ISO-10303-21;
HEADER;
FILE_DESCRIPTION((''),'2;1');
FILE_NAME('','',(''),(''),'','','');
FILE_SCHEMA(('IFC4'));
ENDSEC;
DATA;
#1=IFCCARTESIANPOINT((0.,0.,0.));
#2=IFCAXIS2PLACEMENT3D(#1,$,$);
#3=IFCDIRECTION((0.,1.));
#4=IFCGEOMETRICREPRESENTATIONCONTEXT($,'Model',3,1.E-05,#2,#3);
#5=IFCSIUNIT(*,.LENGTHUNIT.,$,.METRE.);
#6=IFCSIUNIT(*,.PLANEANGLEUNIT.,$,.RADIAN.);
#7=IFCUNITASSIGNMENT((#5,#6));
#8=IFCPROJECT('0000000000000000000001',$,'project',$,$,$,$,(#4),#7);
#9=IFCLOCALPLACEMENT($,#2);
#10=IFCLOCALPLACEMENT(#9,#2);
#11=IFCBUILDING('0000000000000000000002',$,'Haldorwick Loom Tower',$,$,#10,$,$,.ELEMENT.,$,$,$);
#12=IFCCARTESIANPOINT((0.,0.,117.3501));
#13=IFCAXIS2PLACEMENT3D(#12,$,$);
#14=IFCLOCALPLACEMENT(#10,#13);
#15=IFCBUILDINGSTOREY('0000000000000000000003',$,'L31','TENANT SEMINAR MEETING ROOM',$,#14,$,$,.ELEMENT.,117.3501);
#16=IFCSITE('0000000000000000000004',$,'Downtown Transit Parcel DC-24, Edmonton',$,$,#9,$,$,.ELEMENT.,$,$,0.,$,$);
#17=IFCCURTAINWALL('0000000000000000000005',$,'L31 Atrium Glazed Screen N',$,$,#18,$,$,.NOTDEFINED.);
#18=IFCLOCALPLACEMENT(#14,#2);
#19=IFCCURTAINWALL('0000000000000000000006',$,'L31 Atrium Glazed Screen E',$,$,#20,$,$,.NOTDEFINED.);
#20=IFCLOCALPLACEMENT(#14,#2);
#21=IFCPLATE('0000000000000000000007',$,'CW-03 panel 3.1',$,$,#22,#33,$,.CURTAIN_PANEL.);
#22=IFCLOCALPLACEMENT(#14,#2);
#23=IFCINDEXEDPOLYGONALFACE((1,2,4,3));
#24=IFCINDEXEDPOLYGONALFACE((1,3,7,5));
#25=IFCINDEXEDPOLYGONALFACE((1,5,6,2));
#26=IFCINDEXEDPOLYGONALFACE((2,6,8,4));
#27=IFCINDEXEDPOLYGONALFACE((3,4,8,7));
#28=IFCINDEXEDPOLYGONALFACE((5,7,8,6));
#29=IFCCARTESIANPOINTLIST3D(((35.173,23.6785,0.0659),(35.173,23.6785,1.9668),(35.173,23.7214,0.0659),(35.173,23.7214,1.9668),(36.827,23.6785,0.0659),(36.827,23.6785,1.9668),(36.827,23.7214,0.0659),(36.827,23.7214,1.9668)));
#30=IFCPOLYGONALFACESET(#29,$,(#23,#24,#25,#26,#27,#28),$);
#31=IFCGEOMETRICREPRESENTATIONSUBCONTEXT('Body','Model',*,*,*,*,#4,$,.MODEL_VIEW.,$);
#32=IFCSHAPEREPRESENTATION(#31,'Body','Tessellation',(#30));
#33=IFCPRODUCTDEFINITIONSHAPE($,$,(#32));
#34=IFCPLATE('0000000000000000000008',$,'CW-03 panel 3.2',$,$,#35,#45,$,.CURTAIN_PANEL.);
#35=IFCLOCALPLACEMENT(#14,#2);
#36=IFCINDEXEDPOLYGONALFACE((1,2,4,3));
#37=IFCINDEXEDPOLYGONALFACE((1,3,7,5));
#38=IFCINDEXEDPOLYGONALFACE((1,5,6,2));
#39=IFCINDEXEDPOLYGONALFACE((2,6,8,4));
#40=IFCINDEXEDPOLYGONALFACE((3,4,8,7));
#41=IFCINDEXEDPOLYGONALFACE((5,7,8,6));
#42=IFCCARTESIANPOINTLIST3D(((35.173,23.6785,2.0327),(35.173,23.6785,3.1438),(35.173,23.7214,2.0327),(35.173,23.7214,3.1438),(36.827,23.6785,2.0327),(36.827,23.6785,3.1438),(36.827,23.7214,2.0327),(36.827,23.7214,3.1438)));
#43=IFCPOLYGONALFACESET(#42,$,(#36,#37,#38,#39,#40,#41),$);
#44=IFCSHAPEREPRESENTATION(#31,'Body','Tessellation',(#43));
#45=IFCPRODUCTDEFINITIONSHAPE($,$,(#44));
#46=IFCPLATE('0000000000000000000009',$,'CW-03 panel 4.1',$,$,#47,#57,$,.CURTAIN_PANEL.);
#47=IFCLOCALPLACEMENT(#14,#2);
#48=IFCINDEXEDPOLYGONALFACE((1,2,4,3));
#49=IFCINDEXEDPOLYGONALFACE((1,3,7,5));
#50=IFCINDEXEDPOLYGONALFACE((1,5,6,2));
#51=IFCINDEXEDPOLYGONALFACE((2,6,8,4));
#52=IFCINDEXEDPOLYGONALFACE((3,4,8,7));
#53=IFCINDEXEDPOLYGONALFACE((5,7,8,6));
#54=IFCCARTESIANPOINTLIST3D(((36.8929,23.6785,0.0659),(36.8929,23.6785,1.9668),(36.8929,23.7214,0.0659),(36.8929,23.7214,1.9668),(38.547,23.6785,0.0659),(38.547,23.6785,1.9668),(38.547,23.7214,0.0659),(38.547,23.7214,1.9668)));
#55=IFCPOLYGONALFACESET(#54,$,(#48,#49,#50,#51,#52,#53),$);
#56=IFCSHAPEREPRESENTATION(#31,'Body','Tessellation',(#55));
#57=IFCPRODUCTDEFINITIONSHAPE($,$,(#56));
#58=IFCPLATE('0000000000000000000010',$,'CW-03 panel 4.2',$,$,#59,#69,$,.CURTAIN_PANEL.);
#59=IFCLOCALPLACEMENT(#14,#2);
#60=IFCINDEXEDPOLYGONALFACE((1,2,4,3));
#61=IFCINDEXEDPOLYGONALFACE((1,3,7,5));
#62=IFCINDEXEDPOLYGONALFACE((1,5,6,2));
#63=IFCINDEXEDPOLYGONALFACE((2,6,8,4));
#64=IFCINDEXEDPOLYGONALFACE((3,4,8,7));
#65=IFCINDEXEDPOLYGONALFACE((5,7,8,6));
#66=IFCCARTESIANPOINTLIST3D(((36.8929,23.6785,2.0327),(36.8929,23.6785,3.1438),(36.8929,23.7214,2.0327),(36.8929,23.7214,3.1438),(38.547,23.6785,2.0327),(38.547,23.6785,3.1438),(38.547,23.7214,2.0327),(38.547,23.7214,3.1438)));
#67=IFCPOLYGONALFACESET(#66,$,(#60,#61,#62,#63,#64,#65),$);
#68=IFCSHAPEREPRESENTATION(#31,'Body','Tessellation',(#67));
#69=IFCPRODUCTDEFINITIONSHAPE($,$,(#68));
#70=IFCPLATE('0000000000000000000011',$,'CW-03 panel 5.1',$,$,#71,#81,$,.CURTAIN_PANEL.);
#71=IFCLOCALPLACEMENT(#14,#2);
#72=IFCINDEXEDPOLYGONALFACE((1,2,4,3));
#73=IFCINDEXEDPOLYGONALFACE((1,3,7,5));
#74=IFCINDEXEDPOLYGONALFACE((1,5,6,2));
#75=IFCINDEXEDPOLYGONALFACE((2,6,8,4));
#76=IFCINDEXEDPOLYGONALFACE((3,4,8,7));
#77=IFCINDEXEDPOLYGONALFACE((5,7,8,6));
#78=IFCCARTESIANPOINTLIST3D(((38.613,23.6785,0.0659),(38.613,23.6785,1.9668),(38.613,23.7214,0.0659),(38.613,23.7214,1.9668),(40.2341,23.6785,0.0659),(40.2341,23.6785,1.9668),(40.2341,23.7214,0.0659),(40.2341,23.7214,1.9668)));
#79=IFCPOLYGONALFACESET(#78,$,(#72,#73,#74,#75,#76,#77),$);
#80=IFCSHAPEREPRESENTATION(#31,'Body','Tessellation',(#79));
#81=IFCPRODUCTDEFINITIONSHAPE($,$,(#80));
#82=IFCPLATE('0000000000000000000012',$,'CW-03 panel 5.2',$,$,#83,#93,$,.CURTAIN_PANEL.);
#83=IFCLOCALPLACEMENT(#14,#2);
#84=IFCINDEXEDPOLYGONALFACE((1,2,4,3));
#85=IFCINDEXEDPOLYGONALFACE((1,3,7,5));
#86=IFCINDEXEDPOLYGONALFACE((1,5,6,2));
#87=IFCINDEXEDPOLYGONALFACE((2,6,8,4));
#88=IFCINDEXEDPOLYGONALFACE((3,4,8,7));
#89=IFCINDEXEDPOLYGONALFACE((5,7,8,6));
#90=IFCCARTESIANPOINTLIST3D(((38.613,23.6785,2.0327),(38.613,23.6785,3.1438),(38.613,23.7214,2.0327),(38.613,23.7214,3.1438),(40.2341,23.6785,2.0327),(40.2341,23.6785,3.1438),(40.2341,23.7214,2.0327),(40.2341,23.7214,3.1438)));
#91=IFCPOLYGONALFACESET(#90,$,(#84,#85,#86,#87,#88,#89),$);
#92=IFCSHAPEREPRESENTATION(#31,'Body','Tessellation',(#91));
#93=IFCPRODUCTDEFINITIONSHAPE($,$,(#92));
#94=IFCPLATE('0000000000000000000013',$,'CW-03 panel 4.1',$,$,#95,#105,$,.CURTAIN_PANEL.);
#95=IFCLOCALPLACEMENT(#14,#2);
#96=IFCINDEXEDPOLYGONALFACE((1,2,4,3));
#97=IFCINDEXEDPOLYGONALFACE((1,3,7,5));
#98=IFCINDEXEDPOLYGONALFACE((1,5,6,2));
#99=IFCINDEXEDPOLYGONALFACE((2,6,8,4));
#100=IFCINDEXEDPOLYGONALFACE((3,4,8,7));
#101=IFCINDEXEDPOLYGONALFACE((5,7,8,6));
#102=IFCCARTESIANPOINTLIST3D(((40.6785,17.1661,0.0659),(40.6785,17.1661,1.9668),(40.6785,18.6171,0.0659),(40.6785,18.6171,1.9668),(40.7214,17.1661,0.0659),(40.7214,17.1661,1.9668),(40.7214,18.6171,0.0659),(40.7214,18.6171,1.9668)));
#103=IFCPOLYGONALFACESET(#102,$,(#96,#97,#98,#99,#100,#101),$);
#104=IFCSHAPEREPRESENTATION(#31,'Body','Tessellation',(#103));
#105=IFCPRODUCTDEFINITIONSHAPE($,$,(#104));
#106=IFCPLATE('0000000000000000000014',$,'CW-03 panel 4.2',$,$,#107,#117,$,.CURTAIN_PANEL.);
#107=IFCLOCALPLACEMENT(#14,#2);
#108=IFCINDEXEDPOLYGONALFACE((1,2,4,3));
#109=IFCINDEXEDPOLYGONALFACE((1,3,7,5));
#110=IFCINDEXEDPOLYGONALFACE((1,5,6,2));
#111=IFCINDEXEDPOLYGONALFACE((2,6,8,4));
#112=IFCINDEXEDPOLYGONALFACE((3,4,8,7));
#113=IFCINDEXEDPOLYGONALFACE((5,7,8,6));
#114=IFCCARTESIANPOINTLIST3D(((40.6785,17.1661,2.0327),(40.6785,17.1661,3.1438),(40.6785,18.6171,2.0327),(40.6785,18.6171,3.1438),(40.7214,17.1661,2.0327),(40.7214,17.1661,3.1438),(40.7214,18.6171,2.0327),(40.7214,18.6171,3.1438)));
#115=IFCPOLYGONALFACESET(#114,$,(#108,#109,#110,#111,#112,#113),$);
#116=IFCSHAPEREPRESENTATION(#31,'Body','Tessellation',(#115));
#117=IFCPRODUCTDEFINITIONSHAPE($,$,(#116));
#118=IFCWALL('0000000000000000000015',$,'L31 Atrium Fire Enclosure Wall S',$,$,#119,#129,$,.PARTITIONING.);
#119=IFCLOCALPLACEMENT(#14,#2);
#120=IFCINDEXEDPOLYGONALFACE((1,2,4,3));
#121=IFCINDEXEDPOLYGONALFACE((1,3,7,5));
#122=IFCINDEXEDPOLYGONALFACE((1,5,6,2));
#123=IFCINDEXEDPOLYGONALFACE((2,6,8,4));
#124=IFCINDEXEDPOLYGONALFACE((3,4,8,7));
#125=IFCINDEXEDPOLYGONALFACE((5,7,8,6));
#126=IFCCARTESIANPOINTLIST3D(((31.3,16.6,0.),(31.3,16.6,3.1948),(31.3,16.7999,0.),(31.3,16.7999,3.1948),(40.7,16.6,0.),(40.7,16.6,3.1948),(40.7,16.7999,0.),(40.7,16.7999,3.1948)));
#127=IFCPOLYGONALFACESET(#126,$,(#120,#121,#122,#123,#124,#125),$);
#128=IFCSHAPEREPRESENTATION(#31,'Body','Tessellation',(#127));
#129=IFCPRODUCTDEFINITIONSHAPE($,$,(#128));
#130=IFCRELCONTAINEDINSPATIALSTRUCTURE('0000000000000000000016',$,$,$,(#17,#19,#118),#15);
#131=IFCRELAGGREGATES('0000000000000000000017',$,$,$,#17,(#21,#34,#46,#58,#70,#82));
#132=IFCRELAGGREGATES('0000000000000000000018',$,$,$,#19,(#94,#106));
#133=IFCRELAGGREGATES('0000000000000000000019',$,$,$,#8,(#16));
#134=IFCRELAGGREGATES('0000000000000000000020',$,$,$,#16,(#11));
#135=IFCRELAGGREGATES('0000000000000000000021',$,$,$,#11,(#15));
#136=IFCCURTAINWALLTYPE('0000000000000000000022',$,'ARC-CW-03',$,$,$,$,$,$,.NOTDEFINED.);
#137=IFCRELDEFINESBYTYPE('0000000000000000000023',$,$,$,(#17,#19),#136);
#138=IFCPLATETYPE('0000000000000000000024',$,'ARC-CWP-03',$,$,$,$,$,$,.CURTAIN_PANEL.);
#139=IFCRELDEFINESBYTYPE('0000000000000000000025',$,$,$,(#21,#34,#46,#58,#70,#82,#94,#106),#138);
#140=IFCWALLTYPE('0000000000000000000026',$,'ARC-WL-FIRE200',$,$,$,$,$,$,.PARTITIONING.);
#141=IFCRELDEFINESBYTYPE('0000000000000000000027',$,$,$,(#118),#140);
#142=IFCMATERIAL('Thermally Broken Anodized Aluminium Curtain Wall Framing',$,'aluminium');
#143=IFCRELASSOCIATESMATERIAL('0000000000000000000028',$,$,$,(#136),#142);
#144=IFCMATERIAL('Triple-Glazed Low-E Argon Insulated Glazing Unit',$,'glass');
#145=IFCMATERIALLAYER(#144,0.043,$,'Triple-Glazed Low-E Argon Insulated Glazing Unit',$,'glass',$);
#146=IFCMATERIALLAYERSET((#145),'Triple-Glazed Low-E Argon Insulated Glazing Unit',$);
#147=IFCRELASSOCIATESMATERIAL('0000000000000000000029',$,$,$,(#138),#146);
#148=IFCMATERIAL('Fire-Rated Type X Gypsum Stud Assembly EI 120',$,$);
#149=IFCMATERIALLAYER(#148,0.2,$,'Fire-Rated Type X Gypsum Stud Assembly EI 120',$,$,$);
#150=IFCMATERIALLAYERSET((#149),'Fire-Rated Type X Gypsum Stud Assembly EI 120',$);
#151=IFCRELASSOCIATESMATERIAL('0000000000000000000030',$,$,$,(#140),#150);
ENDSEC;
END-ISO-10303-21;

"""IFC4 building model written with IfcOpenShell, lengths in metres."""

from ifc_helpers import new_model, si_unit, direction, frame, frame_2d, origin, origin_2d, place, context, subcontext, project, spatial, rectangle, extrude, material, layer, layer_set, type_object, element, aggregate, save


model = new_model("IFC4")

# Units and contexts
model_context = context("Model", 3, precision=1e-05, world=origin(), true_north=direction((0.0, 1.0)))
body_context = subcontext(model_context, "Body", "Model", "MODEL_VIEW")
ifc_project = project(units=[si_unit("LENGTHUNIT", "METRE"), si_unit("PLANEANGLEUNIT", "RADIAN")], contexts=[model_context])

# Site, building, storey
site_placement = place(None, origin())
site = spatial("IfcSite", under=ifc_project, at=site_placement, Name="Downtown Transit Parcel DC-24, Edmonton", CompositionType="ELEMENT", RefElevation=0.0)
building_placement = place(site_placement, origin())
building = spatial("IfcBuilding", under=site, at=building_placement, Name="Haldorwick Loom Tower", CompositionType="ELEMENT")
storey_placement = place(building_placement, frame((0.0, 0.0, 117.3501)))
storey = spatial("IfcBuildingStorey", under=building, at=storey_placement, Name="L31", Description="TENANT SEMINAR MEETING ROOM", CompositionType="ELEMENT", Elevation=117.3501)

# Shared definitions
ifc_material_1 = material(Name="Thermally Broken Anodized Aluminium Curtain Wall Framing", Category="aluminium")
curtain_wall_type = type_object("IfcCurtainWallType", Name="ARC-CW-03", PredefinedType="NOTDEFINED", material=ifc_material_1)

# Curtain walls
curtain_wall_1_placement = place(storey_placement, origin())
curtain_wall_1 = element("IfcCurtainWall", 1, at=curtain_wall_1_placement, inside=storey, type_object=curtain_wall_type, Name="L31 Atrium Glazed Screen N", PredefinedType="NOTDEFINED")
curtain_wall_2_placement = place(storey_placement, origin())
curtain_wall_2 = element("IfcCurtainWall", 2, at=curtain_wall_2_placement, inside=storey, type_object=curtain_wall_type, Name="L31 Atrium Glazed Screen E", PredefinedType="NOTDEFINED")

# Plates
ifc_material_2 = material(Name="Triple-Glazed Low-E Argon Insulated Glazing Unit", Category="glass")
ifc_layer_1 = layer(ifc_material_2, 0.043, Name="Triple-Glazed Low-E Argon Insulated Glazing Unit", Category="glass")
ifc_layer_set_1 = layer_set([ifc_layer_1], Name="Triple-Glazed Low-E Argon Insulated Glazing Unit")
plate_type = type_object("IfcPlateType", Name="ARC-CWP-03", PredefinedType="CURTAIN_PANEL", material=ifc_layer_set_1)
plate_1_placement = place(storey_placement, frame((36.0, 23.7, 0.0659), z_axis=(0.0, 0.0, 1.0), x_axis=(1.0, 0.0, 0.0)))
plate_1 = element("IfcPlate", 3, at=plate_1_placement, type_object=plate_type, Name="CW-03 panel 3.1", PredefinedType="CURTAIN_PANEL", context=body_context, shape_type="SweptSolid", body=[
    extrude(rectangle(XDim=1.6541, YDim=0.043, at=origin_2d()), origin(), (0.0, 0.0, 1.0), 1.9009),
])
plate_2_placement = place(storey_placement, frame((36.0, 23.7, 2.0327), z_axis=(0.0, 0.0, 1.0), x_axis=(1.0, 0.0, 0.0)))
plate_2 = element("IfcPlate", 4, at=plate_2_placement, type_object=plate_type, Name="CW-03 panel 3.2", PredefinedType="CURTAIN_PANEL", context=body_context, shape_type="SweptSolid", body=[
    extrude(rectangle(XDim=1.6541, YDim=0.043, at=origin_2d()), origin(), (0.0, 0.0, 1.0), 1.1111),
])
plate_3_placement = place(storey_placement, frame((37.72, 23.7, 0.0659), z_axis=(0.0, 0.0, 1.0), x_axis=(1.0, 0.0, 0.0)))
plate_3 = element("IfcPlate", 5, at=plate_3_placement, type_object=plate_type, Name="CW-03 panel 4.1", PredefinedType="CURTAIN_PANEL", context=body_context, shape_type="SweptSolid", body=[
    extrude(rectangle(XDim=1.6541, YDim=0.043, at=origin_2d()), origin(), (0.0, 0.0, 1.0), 1.9009),
])
plate_4_placement = place(storey_placement, frame((37.72, 23.7, 2.0327), z_axis=(0.0, 0.0, 1.0), x_axis=(1.0, 0.0, 0.0)))
plate_4 = element("IfcPlate", 6, at=plate_4_placement, type_object=plate_type, Name="CW-03 panel 4.2", PredefinedType="CURTAIN_PANEL", context=body_context, shape_type="SweptSolid", body=[
    extrude(rectangle(XDim=1.6541, YDim=0.043, at=origin_2d()), origin(), (0.0, 0.0, 1.0), 1.1111),
])
plate_5_placement = place(storey_placement, frame((39.4236, 23.7, 0.0659), z_axis=(0.0, 0.0, 1.0), x_axis=(1.0, 0.0, 0.0)))
plate_5 = element("IfcPlate", 7, at=plate_5_placement, type_object=plate_type, Name="CW-03 panel 5.1", PredefinedType="CURTAIN_PANEL", context=body_context, shape_type="SweptSolid", body=[
    extrude(rectangle(XDim=1.6211, YDim=0.043, at=origin_2d()), origin(), (0.0, 0.0, 1.0), 1.9009),
])
plate_6_placement = place(storey_placement, frame((39.4236, 23.7, 2.0327), z_axis=(0.0, 0.0, 1.0), x_axis=(1.0, 0.0, 0.0)))
plate_6 = element("IfcPlate", 8, at=plate_6_placement, type_object=plate_type, Name="CW-03 panel 5.2", PredefinedType="CURTAIN_PANEL", context=body_context, shape_type="SweptSolid", body=[
    extrude(rectangle(XDim=1.6211, YDim=0.043, at=origin_2d()), origin(), (0.0, 0.0, 1.0), 1.1111),
])
aggregate(curtain_wall_1, [plate_1, plate_2, plate_3, plate_4, plate_5, plate_6])
plate_7_placement = place(storey_placement, frame((40.7, 17.8916, 0.0659), z_axis=(0.0, 0.0, 1.0), x_axis=(0.0, -1.0, 0.0)))
plate_7 = element("IfcPlate", 9, at=plate_7_placement, type_object=plate_type, Name="CW-03 panel 4.1", PredefinedType="CURTAIN_PANEL", context=body_context, shape_type="SweptSolid", body=[
    extrude(rectangle(XDim=1.4509, YDim=0.043, at=origin_2d()), origin(), (0.0, 0.0, 1.0), 1.9009),
])
plate_8_placement = place(storey_placement, frame((40.7, 17.8916, 2.0327), z_axis=(0.0, 0.0, 1.0), x_axis=(0.0, -1.0, 0.0)))
plate_8 = element("IfcPlate", 10, at=plate_8_placement, type_object=plate_type, Name="CW-03 panel 4.2", PredefinedType="CURTAIN_PANEL", context=body_context, shape_type="SweptSolid", body=[
    extrude(rectangle(XDim=1.4509, YDim=0.043, at=origin_2d()), origin(), (0.0, 0.0, 1.0), 1.1111),
])
aggregate(curtain_wall_2, [plate_7, plate_8])

# Wall
ifc_material_3 = material(Name="Fire-Rated Type X Gypsum Stud Assembly EI 120")
ifc_layer_2 = layer(ifc_material_3, 0.2, Name="Fire-Rated Type X Gypsum Stud Assembly EI 120")
ifc_layer_set_2 = layer_set([ifc_layer_2], Name="Fire-Rated Type X Gypsum Stud Assembly EI 120")
wall_type = type_object("IfcWallType", Name="ARC-WL-FIRE200", PredefinedType="PARTITIONING", material=ifc_layer_set_2)
wall_placement = place(storey_placement, frame((40.7, 16.7, 0.0), z_axis=(0.0, 0.0, 1.0), x_axis=(-1.0, 0.0, 0.0)))
element("IfcWall", 11, at=wall_placement, inside=storey, type_object=wall_type, Name="L31 Atrium Fire Enclosure Wall S", PredefinedType="PARTITIONING", context=body_context, shape_type="SweptSolid", body=[
    extrude(rectangle(XDim=9.3999, YDim=0.2, at=frame_2d((4.7, 0.0))), origin(), (0.0, 0.0, 1.0), 3.1948),
])

save(model, "model.ifc")
